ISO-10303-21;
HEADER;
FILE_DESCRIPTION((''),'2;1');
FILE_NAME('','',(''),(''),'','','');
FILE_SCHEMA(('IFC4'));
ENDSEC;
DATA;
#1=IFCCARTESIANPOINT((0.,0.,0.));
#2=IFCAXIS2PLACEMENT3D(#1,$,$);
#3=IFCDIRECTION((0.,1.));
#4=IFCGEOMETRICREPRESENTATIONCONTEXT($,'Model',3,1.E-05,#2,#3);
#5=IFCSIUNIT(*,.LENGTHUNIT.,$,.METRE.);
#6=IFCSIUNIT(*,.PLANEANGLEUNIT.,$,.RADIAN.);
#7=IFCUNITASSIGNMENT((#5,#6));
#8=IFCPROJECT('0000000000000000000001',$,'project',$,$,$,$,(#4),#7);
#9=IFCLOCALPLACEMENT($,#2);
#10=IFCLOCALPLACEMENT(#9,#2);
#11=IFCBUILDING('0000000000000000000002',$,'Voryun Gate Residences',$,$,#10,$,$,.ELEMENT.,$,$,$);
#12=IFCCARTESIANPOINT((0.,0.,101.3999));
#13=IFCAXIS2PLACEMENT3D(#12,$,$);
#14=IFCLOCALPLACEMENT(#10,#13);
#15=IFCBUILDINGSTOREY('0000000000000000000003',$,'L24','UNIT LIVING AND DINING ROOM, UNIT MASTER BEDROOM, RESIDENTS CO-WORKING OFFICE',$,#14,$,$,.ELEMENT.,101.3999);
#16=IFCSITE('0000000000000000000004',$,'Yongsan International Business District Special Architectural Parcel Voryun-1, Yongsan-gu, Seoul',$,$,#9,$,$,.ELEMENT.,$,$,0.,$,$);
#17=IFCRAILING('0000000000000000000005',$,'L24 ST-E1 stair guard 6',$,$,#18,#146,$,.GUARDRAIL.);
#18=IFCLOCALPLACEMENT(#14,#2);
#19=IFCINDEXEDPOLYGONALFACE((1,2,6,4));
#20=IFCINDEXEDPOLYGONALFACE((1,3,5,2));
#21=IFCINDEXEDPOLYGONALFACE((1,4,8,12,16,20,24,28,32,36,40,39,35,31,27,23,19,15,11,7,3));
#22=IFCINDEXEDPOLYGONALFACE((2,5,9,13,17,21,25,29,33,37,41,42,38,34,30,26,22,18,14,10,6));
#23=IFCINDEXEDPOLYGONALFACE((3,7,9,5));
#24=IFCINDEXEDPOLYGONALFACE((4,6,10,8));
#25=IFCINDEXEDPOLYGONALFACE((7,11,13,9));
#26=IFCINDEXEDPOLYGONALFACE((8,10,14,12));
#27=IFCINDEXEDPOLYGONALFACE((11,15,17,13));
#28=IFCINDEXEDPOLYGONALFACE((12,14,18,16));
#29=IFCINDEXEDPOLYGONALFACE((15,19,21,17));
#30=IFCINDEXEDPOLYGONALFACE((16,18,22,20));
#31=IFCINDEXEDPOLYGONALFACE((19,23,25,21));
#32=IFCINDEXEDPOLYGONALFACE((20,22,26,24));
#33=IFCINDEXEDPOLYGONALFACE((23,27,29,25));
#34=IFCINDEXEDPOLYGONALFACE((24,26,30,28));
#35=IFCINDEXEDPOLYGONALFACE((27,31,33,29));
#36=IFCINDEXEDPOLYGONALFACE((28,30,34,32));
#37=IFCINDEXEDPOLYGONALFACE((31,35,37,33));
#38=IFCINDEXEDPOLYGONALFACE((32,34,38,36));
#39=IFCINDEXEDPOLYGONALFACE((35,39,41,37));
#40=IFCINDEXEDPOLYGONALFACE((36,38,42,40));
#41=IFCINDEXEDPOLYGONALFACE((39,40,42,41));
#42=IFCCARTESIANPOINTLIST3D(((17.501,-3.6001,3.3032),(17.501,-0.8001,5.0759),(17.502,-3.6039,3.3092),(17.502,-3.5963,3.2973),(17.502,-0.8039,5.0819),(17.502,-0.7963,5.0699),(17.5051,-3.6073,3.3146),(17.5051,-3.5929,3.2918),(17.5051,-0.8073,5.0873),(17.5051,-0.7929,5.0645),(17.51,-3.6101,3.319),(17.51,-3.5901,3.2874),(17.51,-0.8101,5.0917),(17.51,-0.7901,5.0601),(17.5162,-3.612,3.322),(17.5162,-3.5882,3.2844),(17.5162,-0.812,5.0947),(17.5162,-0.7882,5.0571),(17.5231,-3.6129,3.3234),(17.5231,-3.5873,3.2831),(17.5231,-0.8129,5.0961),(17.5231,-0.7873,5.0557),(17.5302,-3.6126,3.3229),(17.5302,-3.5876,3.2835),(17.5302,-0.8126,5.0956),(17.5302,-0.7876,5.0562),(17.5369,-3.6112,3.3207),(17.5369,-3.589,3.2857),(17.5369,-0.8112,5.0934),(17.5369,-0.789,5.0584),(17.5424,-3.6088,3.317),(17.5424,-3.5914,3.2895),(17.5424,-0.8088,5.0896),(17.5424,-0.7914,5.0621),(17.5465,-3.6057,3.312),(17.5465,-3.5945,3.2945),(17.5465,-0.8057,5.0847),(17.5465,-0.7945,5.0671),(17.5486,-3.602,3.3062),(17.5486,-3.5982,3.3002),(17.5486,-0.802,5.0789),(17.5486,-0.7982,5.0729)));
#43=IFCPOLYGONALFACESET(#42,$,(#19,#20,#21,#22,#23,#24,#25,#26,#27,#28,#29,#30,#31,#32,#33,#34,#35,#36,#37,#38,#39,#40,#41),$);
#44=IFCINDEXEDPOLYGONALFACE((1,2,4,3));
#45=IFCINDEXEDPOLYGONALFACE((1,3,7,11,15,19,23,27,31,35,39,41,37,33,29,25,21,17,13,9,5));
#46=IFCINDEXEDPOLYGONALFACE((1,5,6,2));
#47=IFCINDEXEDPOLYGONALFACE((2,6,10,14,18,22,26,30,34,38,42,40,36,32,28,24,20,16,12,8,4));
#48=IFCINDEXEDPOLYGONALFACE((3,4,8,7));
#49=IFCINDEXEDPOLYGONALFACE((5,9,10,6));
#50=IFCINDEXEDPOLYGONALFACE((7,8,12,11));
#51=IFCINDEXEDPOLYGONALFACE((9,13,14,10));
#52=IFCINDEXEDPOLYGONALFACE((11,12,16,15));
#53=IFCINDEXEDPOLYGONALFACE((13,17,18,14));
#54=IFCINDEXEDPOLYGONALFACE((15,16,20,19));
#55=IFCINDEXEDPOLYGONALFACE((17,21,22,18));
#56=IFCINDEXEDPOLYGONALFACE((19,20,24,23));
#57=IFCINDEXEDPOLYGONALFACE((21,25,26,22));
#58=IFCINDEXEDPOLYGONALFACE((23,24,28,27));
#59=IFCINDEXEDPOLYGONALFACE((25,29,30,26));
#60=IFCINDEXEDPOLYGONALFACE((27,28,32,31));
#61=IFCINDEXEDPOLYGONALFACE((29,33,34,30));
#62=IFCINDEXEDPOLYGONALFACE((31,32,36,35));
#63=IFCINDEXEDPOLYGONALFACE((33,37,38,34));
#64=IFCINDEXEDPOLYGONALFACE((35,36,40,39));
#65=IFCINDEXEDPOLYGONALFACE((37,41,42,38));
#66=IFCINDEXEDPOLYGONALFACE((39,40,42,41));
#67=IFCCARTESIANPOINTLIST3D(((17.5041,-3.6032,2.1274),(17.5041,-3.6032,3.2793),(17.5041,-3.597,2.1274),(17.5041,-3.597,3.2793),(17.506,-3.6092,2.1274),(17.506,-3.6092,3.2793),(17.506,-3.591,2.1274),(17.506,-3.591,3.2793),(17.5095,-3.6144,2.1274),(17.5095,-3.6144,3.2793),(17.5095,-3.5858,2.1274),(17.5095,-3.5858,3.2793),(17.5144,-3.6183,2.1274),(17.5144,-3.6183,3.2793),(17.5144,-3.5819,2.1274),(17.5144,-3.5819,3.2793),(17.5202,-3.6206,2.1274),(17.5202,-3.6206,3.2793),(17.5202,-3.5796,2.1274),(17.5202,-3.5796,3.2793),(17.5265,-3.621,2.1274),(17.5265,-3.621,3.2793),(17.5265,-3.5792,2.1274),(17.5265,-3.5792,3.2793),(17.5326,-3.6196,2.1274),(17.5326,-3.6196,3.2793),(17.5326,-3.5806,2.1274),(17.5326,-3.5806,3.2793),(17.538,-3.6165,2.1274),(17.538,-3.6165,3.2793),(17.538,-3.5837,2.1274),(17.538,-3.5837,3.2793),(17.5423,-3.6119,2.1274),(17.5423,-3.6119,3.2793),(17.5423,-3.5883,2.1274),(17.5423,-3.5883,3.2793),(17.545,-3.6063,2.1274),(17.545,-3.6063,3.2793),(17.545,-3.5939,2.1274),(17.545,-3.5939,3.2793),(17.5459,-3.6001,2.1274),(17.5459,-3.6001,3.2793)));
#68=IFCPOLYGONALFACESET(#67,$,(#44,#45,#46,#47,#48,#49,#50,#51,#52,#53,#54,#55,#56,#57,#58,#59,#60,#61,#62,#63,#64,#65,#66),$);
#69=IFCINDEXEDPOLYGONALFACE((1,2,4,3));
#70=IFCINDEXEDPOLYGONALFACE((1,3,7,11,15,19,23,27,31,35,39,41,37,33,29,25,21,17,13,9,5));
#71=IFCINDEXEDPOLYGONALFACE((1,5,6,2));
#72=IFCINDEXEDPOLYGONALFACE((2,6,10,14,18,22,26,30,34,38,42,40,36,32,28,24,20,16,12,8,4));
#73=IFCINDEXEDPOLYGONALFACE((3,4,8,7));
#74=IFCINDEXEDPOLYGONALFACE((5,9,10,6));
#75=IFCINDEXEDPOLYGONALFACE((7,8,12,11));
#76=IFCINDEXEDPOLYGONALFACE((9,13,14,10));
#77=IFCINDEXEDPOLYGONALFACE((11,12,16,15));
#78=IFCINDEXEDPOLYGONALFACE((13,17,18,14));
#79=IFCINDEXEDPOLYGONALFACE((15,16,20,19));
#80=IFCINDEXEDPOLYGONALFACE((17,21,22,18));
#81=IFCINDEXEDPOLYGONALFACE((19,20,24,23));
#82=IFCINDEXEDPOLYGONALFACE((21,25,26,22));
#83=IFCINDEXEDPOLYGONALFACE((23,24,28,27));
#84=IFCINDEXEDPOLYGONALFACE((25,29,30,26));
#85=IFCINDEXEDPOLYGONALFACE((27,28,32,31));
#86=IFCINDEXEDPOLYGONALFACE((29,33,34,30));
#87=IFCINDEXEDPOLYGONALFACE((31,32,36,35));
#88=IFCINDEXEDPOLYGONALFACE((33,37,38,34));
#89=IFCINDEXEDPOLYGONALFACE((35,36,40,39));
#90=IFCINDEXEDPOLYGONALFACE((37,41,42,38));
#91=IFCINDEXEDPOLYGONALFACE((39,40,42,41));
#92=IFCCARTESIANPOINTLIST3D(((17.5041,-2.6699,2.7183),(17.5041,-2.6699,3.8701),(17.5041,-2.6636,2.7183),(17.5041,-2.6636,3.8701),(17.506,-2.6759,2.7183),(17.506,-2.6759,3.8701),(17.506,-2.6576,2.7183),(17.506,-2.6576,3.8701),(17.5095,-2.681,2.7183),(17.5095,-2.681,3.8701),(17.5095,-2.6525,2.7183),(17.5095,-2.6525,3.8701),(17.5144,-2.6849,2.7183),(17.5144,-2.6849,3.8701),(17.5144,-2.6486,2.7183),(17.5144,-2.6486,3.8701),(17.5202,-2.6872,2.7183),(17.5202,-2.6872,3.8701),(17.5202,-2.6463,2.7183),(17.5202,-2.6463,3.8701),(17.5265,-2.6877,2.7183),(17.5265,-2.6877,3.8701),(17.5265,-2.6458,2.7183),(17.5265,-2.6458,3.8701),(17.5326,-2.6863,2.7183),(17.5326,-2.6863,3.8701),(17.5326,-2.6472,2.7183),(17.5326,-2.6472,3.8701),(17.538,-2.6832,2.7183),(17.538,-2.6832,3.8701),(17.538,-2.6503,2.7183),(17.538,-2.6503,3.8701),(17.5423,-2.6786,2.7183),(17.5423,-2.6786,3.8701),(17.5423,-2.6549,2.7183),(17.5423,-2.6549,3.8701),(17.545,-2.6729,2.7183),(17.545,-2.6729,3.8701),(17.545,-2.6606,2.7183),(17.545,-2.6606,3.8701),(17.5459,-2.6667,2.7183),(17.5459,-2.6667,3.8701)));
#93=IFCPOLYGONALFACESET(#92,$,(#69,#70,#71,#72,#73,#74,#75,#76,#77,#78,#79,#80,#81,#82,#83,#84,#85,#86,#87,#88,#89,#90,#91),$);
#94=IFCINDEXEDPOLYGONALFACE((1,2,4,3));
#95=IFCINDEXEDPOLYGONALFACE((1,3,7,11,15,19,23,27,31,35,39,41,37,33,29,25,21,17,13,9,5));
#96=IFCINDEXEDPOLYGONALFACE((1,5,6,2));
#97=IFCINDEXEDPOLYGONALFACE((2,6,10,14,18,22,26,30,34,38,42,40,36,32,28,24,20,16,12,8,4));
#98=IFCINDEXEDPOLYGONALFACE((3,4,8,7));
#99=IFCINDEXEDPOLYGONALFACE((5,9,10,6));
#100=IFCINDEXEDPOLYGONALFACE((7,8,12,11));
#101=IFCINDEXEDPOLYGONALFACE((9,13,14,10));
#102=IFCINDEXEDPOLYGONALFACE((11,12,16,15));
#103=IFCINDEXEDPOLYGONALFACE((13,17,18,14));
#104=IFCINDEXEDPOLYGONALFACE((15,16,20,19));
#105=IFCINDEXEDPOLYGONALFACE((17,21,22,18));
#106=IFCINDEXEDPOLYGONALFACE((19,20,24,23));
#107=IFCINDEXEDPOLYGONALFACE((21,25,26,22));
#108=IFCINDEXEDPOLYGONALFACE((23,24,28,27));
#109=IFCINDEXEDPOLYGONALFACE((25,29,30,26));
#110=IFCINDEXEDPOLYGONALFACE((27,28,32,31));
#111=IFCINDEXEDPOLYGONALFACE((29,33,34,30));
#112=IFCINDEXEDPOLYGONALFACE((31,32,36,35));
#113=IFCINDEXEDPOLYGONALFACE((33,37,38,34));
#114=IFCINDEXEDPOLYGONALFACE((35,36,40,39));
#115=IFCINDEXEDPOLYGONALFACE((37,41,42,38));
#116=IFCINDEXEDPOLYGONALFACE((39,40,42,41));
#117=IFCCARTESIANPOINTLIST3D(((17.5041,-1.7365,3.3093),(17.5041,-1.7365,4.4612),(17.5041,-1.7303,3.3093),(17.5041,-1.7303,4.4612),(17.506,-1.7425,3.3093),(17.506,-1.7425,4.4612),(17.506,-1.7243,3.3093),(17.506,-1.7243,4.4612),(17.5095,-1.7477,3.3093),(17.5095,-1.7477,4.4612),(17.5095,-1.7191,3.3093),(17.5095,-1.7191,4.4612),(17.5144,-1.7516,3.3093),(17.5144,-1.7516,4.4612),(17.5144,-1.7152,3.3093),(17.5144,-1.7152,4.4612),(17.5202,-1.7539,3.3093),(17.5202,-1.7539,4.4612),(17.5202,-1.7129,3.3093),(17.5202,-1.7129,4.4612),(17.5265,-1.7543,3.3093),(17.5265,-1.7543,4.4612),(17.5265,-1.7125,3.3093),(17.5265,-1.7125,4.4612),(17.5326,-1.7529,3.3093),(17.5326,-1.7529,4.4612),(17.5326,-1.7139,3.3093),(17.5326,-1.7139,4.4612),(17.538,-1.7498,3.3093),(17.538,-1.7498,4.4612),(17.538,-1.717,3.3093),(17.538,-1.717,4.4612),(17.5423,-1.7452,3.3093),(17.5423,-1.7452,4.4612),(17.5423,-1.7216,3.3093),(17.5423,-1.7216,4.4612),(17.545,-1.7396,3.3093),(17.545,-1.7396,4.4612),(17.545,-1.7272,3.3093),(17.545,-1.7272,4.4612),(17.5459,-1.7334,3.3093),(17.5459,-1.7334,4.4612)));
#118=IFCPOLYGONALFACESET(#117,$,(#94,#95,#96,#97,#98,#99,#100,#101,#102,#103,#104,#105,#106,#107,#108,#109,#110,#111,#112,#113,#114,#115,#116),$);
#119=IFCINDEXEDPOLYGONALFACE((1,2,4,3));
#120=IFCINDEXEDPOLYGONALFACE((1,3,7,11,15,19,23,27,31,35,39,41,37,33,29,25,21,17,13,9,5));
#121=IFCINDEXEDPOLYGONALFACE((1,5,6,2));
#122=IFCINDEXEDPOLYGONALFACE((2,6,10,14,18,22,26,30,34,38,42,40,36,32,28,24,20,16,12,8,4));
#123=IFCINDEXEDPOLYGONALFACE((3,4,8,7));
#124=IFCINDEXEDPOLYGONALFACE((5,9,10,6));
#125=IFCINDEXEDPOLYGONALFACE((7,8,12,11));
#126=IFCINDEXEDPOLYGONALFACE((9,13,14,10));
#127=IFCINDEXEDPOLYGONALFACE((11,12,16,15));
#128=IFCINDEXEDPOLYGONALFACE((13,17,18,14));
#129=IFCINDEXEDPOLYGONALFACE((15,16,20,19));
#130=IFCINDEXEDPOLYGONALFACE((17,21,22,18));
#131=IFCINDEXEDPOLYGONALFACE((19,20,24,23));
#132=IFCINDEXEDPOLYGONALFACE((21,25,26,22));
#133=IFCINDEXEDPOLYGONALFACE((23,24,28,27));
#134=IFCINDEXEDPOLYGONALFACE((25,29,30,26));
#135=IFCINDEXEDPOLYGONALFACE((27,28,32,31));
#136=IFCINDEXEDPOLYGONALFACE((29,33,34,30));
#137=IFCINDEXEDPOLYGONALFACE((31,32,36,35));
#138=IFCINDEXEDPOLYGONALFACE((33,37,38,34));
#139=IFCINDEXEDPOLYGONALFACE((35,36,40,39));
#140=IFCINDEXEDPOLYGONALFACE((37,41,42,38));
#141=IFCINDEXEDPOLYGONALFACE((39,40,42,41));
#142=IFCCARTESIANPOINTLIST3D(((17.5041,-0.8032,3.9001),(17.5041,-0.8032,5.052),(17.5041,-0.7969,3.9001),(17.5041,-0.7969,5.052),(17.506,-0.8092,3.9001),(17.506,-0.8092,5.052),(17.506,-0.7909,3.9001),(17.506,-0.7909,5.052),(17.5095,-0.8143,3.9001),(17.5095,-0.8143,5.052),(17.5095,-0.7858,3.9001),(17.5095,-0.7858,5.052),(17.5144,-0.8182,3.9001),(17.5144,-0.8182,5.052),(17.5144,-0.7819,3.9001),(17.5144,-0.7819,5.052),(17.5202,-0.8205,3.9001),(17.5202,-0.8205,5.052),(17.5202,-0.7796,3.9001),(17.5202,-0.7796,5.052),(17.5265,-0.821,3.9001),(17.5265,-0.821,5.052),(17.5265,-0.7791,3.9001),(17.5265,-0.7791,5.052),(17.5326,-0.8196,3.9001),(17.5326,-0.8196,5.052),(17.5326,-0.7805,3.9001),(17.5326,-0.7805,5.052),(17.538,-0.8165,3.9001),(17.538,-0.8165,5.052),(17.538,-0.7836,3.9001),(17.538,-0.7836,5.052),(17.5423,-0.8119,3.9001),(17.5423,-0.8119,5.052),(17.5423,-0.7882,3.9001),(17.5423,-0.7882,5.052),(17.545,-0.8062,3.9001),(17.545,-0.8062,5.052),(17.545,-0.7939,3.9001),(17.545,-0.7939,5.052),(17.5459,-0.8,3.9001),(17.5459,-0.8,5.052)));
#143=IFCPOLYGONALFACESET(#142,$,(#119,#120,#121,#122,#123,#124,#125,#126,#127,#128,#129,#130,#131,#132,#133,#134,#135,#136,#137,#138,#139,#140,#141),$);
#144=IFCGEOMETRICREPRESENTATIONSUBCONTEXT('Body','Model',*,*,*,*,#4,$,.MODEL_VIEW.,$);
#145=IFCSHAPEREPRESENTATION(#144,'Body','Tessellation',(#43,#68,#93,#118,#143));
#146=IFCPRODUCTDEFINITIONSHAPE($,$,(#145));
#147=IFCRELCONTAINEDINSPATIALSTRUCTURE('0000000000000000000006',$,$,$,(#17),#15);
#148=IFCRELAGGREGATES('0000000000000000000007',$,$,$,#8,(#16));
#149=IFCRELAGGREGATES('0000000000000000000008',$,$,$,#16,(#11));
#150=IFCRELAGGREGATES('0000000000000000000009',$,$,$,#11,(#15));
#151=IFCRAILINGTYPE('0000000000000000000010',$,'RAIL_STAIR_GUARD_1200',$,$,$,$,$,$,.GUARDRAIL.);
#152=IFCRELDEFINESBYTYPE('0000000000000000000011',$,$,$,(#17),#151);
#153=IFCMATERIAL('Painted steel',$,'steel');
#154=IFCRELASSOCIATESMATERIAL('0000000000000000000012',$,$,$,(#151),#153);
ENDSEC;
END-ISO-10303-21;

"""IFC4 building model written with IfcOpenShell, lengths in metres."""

from ifc_helpers import new_model, si_unit, direction, frame, origin, origin_2d, place, context, subcontext, project, spatial, circle, extrude, material, type_object, element, save


model = new_model("IFC4")

# Units and contexts
model_context = context("Model", 3, precision=1e-05, world=origin(), true_north=direction((0.0, 1.0)))
body_context = subcontext(model_context, "Body", "Model", "MODEL_VIEW")
ifc_project = project(units=[si_unit("LENGTHUNIT", "METRE"), si_unit("PLANEANGLEUNIT", "RADIAN")], contexts=[model_context])

# Site, building, storey
site_placement = place(None, origin())
site = spatial("IfcSite", under=ifc_project, at=site_placement, Name="Yongsan International Business District Special Architectural Parcel Voryun-1, Yongsan-gu, Seoul", CompositionType="ELEMENT", RefElevation=0.0)
building_placement = place(site_placement, origin())
building = spatial("IfcBuilding", under=site, at=building_placement, Name="Voryun Gate Residences", CompositionType="ELEMENT")
storey_placement = place(building_placement, frame((0.0, 0.0, 101.3999)))
storey = spatial("IfcBuildingStorey", under=building, at=storey_placement, Name="L24", Description="UNIT LIVING AND DINING ROOM, UNIT MASTER BEDROOM, RESIDENTS CO-WORKING OFFICE", CompositionType="ELEMENT", Elevation=101.3999)

# Railing
ifc_material_1 = material(Name="Painted steel", Category="steel")
railing_type_1 = type_object("IfcRailingType", Name="RAIL_STAIR_GUARD_1200", PredefinedType="GUARDRAIL", material=ifc_material_1)
railing_1_placement = place(storey_placement, frame((17.5249, -3.6001, 2.1274)))
element("IfcRailing", 1, at=railing_1_placement, inside=storey, type_object=railing_type_1, Name="L24 ST-E1 stair guard 6", PredefinedType="GUARDRAIL", context=body_context, shape_type="SweptSolid", body=[
    extrude(circle(Radius=0.0239, at=origin_2d()), frame((0.0, 0.0, 1.1758), z_axis=(0.0, 0.844909, 0.53491), x_axis=(-1.0, 0.0, 0.0)), (0.0, 0.0, 1.0), 3.314),
    extrude(circle(Radius=0.021, at=origin_2d()), origin(), (0.0, 0.0, 1.0), 1.1519),
    extrude(circle(Radius=0.021, at=origin_2d()), frame((0.0, 0.9333, 0.5908)), (0.0, 0.0, 1.0), 1.1519),
    extrude(circle(Radius=0.021, at=origin_2d()), frame((0.0, 1.8667, 1.1819)), (0.0, 0.0, 1.0), 1.1519),
    extrude(circle(Radius=0.021, at=origin_2d()), frame((0.0, 2.8, 1.7727)), (0.0, 0.0, 1.0), 1.1519),
])

save(model, "model.ifc")
